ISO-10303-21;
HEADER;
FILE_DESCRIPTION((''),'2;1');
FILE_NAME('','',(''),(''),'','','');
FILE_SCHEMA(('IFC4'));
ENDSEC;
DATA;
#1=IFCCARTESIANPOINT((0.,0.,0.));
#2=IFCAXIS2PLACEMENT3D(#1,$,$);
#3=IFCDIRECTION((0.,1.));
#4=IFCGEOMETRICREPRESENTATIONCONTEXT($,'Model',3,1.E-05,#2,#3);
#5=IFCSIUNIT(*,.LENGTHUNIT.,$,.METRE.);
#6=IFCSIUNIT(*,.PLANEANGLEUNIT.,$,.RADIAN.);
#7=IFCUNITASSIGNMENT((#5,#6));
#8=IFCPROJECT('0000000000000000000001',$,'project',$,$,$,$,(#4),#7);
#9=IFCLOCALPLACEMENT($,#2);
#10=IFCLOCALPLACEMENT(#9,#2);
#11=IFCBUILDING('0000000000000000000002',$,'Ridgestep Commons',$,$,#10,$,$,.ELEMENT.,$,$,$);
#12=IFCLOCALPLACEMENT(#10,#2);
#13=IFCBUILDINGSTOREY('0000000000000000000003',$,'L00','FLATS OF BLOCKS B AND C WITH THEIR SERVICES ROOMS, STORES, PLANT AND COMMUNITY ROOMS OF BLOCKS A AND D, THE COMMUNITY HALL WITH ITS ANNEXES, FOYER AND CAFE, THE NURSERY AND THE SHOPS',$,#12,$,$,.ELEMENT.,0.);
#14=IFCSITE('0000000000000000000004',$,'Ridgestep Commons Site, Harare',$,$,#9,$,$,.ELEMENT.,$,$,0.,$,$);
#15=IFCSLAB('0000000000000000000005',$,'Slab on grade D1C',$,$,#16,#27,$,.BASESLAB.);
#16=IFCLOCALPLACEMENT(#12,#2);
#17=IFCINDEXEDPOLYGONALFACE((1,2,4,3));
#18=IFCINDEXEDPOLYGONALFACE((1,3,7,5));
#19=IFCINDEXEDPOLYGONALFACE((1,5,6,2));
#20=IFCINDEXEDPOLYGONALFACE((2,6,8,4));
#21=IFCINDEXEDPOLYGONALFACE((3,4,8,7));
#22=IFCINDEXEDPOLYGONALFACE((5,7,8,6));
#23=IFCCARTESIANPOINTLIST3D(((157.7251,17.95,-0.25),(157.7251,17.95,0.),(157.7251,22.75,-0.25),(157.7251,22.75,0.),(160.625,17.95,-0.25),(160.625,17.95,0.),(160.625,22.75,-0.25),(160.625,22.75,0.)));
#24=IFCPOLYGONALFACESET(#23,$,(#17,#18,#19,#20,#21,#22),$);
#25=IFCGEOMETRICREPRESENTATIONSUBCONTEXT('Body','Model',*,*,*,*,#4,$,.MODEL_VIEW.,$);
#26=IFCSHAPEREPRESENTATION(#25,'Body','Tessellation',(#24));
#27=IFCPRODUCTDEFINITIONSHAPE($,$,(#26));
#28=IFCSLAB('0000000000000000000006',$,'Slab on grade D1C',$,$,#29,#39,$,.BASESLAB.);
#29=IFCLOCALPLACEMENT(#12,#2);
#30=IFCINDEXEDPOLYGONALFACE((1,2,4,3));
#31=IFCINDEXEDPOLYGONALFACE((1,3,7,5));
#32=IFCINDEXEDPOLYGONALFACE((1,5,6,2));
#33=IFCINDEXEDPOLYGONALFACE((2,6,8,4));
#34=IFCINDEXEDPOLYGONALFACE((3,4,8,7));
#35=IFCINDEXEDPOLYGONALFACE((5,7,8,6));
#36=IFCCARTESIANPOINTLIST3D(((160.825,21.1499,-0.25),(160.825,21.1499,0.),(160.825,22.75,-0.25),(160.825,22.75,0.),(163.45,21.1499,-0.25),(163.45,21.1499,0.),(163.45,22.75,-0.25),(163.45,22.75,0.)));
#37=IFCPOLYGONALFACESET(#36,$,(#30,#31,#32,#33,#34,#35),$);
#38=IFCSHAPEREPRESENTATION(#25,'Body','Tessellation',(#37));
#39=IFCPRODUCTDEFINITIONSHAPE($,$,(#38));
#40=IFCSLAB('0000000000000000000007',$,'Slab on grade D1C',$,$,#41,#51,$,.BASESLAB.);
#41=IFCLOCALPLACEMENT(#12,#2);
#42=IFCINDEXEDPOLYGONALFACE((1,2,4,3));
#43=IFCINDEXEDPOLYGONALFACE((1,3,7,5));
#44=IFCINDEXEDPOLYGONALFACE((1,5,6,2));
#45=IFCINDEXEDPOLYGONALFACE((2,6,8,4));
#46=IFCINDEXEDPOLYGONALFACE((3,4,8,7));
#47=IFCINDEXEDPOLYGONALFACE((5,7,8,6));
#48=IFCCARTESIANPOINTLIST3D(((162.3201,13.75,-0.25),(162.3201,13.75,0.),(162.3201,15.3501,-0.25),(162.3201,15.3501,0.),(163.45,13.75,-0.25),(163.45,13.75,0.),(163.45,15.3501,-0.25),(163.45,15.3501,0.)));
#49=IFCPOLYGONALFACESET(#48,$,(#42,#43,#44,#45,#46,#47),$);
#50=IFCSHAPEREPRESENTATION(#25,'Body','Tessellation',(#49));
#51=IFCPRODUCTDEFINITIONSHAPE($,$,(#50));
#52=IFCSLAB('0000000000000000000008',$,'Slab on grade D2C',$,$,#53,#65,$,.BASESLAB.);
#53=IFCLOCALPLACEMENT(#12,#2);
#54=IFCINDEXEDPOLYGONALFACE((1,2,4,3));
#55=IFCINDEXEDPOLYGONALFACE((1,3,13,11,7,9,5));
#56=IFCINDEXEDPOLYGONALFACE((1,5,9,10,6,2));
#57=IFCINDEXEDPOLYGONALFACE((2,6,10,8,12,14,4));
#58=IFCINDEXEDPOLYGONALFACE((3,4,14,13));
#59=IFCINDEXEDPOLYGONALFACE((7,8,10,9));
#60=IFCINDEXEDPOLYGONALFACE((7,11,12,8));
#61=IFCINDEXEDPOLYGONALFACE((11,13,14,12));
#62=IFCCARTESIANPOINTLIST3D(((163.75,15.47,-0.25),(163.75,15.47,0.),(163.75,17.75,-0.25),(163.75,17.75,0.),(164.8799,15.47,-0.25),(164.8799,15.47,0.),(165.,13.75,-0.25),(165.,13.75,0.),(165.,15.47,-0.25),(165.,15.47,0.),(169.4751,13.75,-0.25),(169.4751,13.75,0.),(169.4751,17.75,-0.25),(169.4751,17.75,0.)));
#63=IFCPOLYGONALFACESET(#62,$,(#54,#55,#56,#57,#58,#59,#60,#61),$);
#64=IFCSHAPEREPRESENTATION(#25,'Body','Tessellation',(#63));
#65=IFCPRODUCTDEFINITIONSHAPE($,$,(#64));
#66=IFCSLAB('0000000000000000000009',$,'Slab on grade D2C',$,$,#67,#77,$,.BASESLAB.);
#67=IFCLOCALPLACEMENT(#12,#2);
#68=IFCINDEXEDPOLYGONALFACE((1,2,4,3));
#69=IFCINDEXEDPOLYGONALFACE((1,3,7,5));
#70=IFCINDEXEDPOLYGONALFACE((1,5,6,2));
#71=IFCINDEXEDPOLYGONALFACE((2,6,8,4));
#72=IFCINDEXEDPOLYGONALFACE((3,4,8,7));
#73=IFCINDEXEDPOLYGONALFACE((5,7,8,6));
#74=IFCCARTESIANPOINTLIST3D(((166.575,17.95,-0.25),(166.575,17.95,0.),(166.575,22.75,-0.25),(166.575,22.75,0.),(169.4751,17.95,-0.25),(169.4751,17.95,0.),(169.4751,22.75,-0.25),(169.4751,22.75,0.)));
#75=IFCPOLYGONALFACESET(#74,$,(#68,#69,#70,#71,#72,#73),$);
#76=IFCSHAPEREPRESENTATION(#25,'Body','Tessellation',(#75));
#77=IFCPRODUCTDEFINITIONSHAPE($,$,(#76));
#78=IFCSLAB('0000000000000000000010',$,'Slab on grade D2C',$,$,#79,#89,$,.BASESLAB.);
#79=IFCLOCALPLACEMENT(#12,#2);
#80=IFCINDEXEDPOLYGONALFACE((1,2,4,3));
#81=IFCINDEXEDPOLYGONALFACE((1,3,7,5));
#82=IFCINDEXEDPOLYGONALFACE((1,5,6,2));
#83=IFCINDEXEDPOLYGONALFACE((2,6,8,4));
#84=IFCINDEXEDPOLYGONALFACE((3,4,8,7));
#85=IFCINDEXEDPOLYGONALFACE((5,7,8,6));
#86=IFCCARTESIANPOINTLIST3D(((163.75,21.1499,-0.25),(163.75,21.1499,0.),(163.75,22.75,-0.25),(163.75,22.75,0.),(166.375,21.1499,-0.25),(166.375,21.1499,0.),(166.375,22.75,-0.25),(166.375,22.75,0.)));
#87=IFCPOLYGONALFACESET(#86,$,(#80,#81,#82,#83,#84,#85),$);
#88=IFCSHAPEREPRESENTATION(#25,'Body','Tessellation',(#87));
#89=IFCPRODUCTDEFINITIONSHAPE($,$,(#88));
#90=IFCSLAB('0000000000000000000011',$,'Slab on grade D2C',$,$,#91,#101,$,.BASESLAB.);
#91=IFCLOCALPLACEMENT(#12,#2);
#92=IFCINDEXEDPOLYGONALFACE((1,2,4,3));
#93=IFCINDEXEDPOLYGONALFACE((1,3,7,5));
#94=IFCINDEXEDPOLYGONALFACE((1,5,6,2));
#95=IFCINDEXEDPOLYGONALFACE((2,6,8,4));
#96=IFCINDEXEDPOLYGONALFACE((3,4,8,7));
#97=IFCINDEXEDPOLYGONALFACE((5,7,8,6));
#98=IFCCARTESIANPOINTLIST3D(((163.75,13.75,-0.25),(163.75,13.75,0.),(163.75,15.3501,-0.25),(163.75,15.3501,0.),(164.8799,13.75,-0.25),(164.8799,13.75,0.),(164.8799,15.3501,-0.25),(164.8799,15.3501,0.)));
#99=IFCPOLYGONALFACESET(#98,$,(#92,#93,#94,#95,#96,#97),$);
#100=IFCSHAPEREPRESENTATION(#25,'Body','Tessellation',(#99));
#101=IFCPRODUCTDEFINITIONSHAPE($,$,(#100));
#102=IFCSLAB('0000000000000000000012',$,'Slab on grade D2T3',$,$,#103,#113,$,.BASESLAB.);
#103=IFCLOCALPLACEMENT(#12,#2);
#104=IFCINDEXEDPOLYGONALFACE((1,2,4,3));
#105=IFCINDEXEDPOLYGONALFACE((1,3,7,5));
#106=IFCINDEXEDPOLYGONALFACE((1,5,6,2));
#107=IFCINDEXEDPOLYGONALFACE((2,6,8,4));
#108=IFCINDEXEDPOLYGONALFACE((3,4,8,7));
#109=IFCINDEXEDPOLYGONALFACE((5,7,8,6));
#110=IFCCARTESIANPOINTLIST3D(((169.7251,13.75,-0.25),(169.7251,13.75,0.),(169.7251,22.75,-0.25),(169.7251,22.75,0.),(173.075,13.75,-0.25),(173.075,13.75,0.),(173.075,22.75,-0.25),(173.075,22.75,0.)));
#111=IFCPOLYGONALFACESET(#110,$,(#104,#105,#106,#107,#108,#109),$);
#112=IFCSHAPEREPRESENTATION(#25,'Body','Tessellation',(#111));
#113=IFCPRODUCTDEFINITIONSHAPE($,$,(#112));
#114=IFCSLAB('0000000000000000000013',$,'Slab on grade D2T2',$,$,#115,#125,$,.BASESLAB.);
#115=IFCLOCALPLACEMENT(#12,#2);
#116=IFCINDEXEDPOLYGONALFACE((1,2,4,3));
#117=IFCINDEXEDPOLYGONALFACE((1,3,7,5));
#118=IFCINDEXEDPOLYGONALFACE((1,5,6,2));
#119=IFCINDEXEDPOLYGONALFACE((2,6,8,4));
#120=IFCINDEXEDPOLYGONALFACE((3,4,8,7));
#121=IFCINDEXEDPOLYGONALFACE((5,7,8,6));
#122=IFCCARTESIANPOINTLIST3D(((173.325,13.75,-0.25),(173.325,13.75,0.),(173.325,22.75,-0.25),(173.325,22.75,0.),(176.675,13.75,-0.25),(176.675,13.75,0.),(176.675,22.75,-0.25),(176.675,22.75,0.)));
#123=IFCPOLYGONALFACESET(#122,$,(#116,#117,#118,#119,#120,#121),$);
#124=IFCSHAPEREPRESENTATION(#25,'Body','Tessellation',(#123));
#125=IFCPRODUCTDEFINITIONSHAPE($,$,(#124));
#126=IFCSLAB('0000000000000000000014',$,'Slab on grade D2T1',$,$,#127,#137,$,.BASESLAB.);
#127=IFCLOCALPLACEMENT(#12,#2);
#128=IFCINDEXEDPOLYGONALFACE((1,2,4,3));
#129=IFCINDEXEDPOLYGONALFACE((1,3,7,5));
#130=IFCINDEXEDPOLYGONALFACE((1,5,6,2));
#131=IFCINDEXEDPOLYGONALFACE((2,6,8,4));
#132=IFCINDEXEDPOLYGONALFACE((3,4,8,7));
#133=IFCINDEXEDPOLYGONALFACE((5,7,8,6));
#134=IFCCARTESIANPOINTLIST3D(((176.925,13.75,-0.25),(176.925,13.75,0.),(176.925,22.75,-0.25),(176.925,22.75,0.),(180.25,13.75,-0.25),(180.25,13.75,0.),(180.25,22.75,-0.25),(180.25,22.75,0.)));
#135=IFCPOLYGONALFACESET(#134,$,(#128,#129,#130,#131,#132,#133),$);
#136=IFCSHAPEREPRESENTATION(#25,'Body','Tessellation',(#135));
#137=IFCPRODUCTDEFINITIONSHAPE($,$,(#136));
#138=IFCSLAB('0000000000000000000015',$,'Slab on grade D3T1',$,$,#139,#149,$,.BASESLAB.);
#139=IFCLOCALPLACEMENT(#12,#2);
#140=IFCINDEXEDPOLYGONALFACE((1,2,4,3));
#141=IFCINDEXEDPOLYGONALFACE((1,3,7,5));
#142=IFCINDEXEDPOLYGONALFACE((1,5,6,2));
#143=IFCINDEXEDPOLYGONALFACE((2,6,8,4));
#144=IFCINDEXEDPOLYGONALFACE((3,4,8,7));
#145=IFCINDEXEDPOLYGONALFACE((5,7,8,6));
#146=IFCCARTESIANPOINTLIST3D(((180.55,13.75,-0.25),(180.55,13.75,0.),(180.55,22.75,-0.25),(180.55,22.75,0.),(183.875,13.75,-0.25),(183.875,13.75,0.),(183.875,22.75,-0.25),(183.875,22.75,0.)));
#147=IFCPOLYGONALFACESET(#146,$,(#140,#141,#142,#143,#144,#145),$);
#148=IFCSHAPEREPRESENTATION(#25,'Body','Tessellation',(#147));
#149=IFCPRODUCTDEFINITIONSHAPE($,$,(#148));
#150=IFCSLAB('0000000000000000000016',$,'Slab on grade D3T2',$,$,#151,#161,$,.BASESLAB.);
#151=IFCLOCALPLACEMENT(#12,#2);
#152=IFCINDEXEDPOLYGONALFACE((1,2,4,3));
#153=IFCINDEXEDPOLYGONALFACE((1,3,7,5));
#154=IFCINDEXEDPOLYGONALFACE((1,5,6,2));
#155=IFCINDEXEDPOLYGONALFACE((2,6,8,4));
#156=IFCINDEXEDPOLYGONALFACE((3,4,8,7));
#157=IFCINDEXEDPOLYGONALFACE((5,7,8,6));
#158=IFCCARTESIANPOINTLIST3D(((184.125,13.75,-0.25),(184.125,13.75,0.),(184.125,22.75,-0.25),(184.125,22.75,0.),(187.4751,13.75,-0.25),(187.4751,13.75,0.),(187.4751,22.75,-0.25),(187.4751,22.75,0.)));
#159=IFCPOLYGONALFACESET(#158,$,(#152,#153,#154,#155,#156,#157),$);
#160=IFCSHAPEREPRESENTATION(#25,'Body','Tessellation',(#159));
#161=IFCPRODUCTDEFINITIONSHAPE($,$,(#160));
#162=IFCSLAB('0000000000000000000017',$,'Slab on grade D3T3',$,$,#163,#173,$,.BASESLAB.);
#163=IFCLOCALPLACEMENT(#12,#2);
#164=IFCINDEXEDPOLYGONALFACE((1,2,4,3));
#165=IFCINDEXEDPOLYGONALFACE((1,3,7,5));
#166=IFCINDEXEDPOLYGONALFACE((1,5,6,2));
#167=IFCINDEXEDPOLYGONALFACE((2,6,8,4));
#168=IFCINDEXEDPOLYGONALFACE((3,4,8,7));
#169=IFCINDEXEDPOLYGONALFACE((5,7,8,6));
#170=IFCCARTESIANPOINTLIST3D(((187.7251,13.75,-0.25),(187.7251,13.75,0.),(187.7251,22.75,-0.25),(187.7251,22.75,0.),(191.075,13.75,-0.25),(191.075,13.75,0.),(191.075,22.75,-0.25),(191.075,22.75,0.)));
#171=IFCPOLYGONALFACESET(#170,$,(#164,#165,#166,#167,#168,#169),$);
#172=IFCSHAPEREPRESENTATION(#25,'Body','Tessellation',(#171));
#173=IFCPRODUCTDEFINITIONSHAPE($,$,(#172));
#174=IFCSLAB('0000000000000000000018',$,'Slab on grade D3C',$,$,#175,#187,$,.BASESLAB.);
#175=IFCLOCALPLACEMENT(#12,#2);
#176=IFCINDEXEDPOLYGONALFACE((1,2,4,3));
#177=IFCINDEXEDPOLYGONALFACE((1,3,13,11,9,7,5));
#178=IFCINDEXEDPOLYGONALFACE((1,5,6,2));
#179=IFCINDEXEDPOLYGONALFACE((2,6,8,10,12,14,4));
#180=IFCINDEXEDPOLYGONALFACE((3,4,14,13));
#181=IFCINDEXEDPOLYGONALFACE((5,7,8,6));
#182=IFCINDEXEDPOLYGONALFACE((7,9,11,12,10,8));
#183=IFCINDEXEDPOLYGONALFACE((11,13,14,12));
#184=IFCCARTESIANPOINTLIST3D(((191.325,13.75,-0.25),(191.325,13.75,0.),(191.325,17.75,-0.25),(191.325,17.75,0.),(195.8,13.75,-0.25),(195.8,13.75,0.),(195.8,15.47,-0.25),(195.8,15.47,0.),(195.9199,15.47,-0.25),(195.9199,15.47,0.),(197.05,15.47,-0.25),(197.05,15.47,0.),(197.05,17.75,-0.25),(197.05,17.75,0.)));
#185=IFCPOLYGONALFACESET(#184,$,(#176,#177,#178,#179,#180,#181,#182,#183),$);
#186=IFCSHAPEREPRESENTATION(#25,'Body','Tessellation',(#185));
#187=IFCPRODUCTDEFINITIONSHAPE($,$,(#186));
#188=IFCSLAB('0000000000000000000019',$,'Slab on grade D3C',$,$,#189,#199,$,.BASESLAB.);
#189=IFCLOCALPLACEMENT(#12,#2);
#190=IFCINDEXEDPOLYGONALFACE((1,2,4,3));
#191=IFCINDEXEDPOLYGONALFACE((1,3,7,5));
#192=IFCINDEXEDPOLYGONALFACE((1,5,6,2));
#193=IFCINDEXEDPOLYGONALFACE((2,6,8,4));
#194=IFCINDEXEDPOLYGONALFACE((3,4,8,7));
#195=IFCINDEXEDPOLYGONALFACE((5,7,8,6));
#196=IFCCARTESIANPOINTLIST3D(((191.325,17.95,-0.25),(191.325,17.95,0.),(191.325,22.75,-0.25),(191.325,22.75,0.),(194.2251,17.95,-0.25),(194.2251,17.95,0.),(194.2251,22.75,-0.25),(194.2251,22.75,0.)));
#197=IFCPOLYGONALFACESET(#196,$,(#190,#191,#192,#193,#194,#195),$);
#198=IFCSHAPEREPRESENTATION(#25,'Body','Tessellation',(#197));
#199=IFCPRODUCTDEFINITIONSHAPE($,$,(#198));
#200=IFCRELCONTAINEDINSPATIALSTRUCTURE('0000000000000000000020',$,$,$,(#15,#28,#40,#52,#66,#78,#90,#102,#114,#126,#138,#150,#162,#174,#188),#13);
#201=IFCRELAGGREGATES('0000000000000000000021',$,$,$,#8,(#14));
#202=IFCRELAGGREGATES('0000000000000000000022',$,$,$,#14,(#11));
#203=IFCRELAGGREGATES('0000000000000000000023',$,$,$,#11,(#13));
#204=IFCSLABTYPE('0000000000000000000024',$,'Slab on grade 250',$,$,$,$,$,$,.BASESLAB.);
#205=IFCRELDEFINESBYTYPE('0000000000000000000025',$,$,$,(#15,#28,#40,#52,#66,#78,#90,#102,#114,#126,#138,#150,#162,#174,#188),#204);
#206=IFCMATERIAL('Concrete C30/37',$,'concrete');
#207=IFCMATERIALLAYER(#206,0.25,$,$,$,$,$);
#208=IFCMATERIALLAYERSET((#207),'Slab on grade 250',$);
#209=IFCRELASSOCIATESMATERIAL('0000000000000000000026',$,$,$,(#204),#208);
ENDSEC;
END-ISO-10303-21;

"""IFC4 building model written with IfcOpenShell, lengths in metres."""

from ifc_helpers import new_model, si_unit, direction, frame, origin, place, context, subcontext, project, spatial, polyline, outline, extrude, material, layer, layer_set, type_object, element, save


model = new_model("IFC4")

# Units and contexts
model_context = context("Model", 3, precision=1e-05, world=origin(), true_north=direction((0.0, 1.0)))
body_context = subcontext(model_context, "Body", "Model", "MODEL_VIEW")
ifc_project = project(units=[si_unit("LENGTHUNIT", "METRE"), si_unit("PLANEANGLEUNIT", "RADIAN")], contexts=[model_context])

# Site, building, storey
site_placement = place(None, origin())
site = spatial("IfcSite", under=ifc_project, at=site_placement, Name="Ridgestep Commons Site, Harare", CompositionType="ELEMENT", RefElevation=0.0)
building_placement = place(site_placement, origin())
building = spatial("IfcBuilding", under=site, at=building_placement, Name="Ridgestep Commons", CompositionType="ELEMENT")
storey_placement = place(building_placement, origin())
storey = spatial("IfcBuildingStorey", under=building, at=storey_placement, Name="L00", Description="FLATS OF BLOCKS B AND C WITH THEIR SERVICES ROOMS, STORES, PLANT AND COMMUNITY ROOMS OF BLOCKS A AND D, THE COMMUNITY HALL WITH ITS ANNEXES, FOYER AND CAFE, THE NURSERY AND THE SHOPS", CompositionType="ELEMENT", Elevation=0.0)

# Slabs
ifc_material = material(Name="Concrete C30/37", Category="concrete")
ifc_layer = layer(ifc_material, 0.25)
ifc_layer_set = layer_set([ifc_layer], Name="Slab on grade 250")
slab_type = type_object("IfcSlabType", Name="Slab on grade 250", PredefinedType="BASESLAB", material=ifc_layer_set)
slab_1_placement = place(storey_placement, frame((0.0, 0.0, -0.25)))
element("IfcSlab", 1, at=slab_1_placement, inside=storey, type_object=slab_type, Name="Slab on grade D1C", PredefinedType="BASESLAB", context=body_context, shape_type="SweptSolid", body=[
    extrude(outline(polyline([(160.625, 22.75), (157.7251, 22.75), (157.7251, 17.95), (160.625, 17.95), (160.625, 22.75)])), origin(), (0.0, 0.0, 1.0), 0.25),
])
slab_2_placement = place(storey_placement, frame((0.0, 0.0, -0.25)))
element("IfcSlab", 2, at=slab_2_placement, inside=storey, type_object=slab_type, Name="Slab on grade D1C", PredefinedType="BASESLAB", context=body_context, shape_type="SweptSolid", body=[
    extrude(outline(polyline([(163.45, 21.1499), (163.45, 22.75), (160.825, 22.75), (160.825, 21.1499), (163.45, 21.1499)])), origin(), (0.0, 0.0, 1.0), 0.25),
])
slab_3_placement = place(storey_placement, frame((0.0, 0.0, -0.25)))
element("IfcSlab", 3, at=slab_3_placement, inside=storey, type_object=slab_type, Name="Slab on grade D1C", PredefinedType="BASESLAB", context=body_context, shape_type="SweptSolid", body=[
    extrude(outline(polyline([(162.3201, 13.75), (163.45, 13.75), (163.45, 15.3501), (162.3201, 15.3501), (162.3201, 13.75)])), origin(), (0.0, 0.0, 1.0), 0.25),
])
slab_4_placement = place(storey_placement, frame((0.0, 0.0, -0.25)))
element("IfcSlab", 4, at=slab_4_placement, inside=storey, type_object=slab_type, Name="Slab on grade D2C", PredefinedType="BASESLAB", context=body_context, shape_type="SweptSolid", body=[
    extrude(outline(polyline([(165.0, 13.75), (169.4751, 13.75), (169.4751, 17.75), (163.75, 17.75), (163.75, 15.47), (164.8799, 15.47), (165.0, 15.47), (165.0, 13.75)])), origin(), (0.0, 0.0, 1.0), 0.25),
])
slab_5_placement = place(storey_placement, frame((0.0, 0.0, -0.25)))
element("IfcSlab", 5, at=slab_5_placement, inside=storey, type_object=slab_type, Name="Slab on grade D2C", PredefinedType="BASESLAB", context=body_context, shape_type="SweptSolid", body=[
    extrude(outline(polyline([(169.4751, 17.95), (169.4751, 22.75), (166.575, 22.75), (166.575, 17.95), (169.4751, 17.95)])), origin(), (0.0, 0.0, 1.0), 0.25),
])
slab_6_placement = place(storey_placement, frame((0.0, 0.0, -0.25)))
element("IfcSlab", 6, at=slab_6_placement, inside=storey, type_object=slab_type, Name="Slab on grade D2C", PredefinedType="BASESLAB", context=body_context, shape_type="SweptSolid", body=[
    extrude(outline(polyline([(166.375, 22.75), (163.75, 22.75), (163.75, 21.1499), (166.375, 21.1499), (166.375, 22.75)])), origin(), (0.0, 0.0, 1.0), 0.25),
])
slab_7_placement = place(storey_placement, frame((0.0, 0.0, -0.25)))
element("IfcSlab", 7, at=slab_7_placement, inside=storey, type_object=slab_type, Name="Slab on grade D2C", PredefinedType="BASESLAB", context=body_context, shape_type="SweptSolid", body=[
    extrude(outline(polyline([(164.8799, 15.3501), (163.75, 15.3501), (163.75, 13.75), (164.8799, 13.75), (164.8799, 15.3501)])), origin(), (0.0, 0.0, 1.0), 0.25),
])
slab_8_placement = place(storey_placement, frame((0.0, 0.0, -0.25)))
element("IfcSlab", 8, at=slab_8_placement, inside=storey, type_object=slab_type, Name="Slab on grade D2T3", PredefinedType="BASESLAB", context=body_context, shape_type="SweptSolid", body=[
    extrude(outline(polyline([(173.075, 13.75), (173.075, 22.75), (169.7251, 22.75), (169.7251, 13.75), (173.075, 13.75)])), origin(), (0.0, 0.0, 1.0), 0.25),
])
slab_9_placement = place(storey_placement, frame((0.0, 0.0, -0.25)))
element("IfcSlab", 9, at=slab_9_placement, inside=storey, type_object=slab_type, Name="Slab on grade D2T2", PredefinedType="BASESLAB", context=body_context, shape_type="SweptSolid", body=[
    extrude(outline(polyline([(176.675, 13.75), (176.675, 22.75), (173.325, 22.75), (173.325, 13.75), (176.675, 13.75)])), origin(), (0.0, 0.0, 1.0), 0.25),
])
slab_10_placement = place(storey_placement, frame((0.0, 0.0, -0.25)))
element("IfcSlab", 10, at=slab_10_placement, inside=storey, type_object=slab_type, Name="Slab on grade D2T1", PredefinedType="BASESLAB", context=body_context, shape_type="SweptSolid", body=[
    extrude(outline(polyline([(180.25, 13.75), (180.25, 22.75), (176.925, 22.75), (176.925, 13.75), (180.25, 13.75)])), origin(), (0.0, 0.0, 1.0), 0.25),
])
slab_11_placement = place(storey_placement, frame((0.0, 0.0, -0.25)))
element("IfcSlab", 11, at=slab_11_placement, inside=storey, type_object=slab_type, Name="Slab on grade D3T1", PredefinedType="BASESLAB", context=body_context, shape_type="SweptSolid", body=[
    extrude(outline(polyline([(183.875, 13.75), (183.875, 22.75), (180.55, 22.75), (180.55, 13.75), (183.875, 13.75)])), origin(), (0.0, 0.0, 1.0), 0.25),
])
slab_12_placement = place(storey_placement, frame((0.0, 0.0, -0.25)))
element("IfcSlab", 12, at=slab_12_placement, inside=storey, type_object=slab_type, Name="Slab on grade D3T2", PredefinedType="BASESLAB", context=body_context, shape_type="SweptSolid", body=[
    extrude(outline(polyline([(187.4751, 13.75), (187.4751, 22.75), (184.125, 22.75), (184.125, 13.75), (187.4751, 13.75)])), origin(), (0.0, 0.0, 1.0), 0.25),
])
slab_13_placement = place(storey_placement, frame((0.0, 0.0, -0.25)))
element("IfcSlab", 13, at=slab_13_placement, inside=storey, type_object=slab_type, Name="Slab on grade D3T3", PredefinedType="BASESLAB", context=body_context, shape_type="SweptSolid", body=[
    extrude(outline(polyline([(191.075, 13.75), (191.075, 22.75), (187.7251, 22.75), (187.7251, 13.75), (191.075, 13.75)])), origin(), (0.0, 0.0, 1.0), 0.25),
])
slab_14_placement = place(storey_placement, frame((0.0, 0.0, -0.25)))
element("IfcSlab", 14, at=slab_14_placement, inside=storey, type_object=slab_type, Name="Slab on grade D3C", PredefinedType="BASESLAB", context=body_context, shape_type="SweptSolid", body=[
    extrude(outline(polyline([(195.9199, 15.47), (197.05, 15.47), (197.05, 17.75), (191.325, 17.75), (191.325, 13.75), (195.8, 13.75), (195.8, 15.47), (195.9199, 15.47)])), origin(), (0.0, 0.0, 1.0), 0.25),
])
slab_15_placement = place(storey_placement, frame((0.0, 0.0, -0.25)))
element("IfcSlab", 15, at=slab_15_placement, inside=storey, type_object=slab_type, Name="Slab on grade D3C", PredefinedType="BASESLAB", context=body_context, shape_type="SweptSolid", body=[
    extrude(outline(polyline([(194.2251, 22.75), (191.325, 22.75), (191.325, 17.95), (194.2251, 17.95), (194.2251, 22.75)])), origin(), (0.0, 0.0, 1.0), 0.25),
])

save(model, "model.ifc")
